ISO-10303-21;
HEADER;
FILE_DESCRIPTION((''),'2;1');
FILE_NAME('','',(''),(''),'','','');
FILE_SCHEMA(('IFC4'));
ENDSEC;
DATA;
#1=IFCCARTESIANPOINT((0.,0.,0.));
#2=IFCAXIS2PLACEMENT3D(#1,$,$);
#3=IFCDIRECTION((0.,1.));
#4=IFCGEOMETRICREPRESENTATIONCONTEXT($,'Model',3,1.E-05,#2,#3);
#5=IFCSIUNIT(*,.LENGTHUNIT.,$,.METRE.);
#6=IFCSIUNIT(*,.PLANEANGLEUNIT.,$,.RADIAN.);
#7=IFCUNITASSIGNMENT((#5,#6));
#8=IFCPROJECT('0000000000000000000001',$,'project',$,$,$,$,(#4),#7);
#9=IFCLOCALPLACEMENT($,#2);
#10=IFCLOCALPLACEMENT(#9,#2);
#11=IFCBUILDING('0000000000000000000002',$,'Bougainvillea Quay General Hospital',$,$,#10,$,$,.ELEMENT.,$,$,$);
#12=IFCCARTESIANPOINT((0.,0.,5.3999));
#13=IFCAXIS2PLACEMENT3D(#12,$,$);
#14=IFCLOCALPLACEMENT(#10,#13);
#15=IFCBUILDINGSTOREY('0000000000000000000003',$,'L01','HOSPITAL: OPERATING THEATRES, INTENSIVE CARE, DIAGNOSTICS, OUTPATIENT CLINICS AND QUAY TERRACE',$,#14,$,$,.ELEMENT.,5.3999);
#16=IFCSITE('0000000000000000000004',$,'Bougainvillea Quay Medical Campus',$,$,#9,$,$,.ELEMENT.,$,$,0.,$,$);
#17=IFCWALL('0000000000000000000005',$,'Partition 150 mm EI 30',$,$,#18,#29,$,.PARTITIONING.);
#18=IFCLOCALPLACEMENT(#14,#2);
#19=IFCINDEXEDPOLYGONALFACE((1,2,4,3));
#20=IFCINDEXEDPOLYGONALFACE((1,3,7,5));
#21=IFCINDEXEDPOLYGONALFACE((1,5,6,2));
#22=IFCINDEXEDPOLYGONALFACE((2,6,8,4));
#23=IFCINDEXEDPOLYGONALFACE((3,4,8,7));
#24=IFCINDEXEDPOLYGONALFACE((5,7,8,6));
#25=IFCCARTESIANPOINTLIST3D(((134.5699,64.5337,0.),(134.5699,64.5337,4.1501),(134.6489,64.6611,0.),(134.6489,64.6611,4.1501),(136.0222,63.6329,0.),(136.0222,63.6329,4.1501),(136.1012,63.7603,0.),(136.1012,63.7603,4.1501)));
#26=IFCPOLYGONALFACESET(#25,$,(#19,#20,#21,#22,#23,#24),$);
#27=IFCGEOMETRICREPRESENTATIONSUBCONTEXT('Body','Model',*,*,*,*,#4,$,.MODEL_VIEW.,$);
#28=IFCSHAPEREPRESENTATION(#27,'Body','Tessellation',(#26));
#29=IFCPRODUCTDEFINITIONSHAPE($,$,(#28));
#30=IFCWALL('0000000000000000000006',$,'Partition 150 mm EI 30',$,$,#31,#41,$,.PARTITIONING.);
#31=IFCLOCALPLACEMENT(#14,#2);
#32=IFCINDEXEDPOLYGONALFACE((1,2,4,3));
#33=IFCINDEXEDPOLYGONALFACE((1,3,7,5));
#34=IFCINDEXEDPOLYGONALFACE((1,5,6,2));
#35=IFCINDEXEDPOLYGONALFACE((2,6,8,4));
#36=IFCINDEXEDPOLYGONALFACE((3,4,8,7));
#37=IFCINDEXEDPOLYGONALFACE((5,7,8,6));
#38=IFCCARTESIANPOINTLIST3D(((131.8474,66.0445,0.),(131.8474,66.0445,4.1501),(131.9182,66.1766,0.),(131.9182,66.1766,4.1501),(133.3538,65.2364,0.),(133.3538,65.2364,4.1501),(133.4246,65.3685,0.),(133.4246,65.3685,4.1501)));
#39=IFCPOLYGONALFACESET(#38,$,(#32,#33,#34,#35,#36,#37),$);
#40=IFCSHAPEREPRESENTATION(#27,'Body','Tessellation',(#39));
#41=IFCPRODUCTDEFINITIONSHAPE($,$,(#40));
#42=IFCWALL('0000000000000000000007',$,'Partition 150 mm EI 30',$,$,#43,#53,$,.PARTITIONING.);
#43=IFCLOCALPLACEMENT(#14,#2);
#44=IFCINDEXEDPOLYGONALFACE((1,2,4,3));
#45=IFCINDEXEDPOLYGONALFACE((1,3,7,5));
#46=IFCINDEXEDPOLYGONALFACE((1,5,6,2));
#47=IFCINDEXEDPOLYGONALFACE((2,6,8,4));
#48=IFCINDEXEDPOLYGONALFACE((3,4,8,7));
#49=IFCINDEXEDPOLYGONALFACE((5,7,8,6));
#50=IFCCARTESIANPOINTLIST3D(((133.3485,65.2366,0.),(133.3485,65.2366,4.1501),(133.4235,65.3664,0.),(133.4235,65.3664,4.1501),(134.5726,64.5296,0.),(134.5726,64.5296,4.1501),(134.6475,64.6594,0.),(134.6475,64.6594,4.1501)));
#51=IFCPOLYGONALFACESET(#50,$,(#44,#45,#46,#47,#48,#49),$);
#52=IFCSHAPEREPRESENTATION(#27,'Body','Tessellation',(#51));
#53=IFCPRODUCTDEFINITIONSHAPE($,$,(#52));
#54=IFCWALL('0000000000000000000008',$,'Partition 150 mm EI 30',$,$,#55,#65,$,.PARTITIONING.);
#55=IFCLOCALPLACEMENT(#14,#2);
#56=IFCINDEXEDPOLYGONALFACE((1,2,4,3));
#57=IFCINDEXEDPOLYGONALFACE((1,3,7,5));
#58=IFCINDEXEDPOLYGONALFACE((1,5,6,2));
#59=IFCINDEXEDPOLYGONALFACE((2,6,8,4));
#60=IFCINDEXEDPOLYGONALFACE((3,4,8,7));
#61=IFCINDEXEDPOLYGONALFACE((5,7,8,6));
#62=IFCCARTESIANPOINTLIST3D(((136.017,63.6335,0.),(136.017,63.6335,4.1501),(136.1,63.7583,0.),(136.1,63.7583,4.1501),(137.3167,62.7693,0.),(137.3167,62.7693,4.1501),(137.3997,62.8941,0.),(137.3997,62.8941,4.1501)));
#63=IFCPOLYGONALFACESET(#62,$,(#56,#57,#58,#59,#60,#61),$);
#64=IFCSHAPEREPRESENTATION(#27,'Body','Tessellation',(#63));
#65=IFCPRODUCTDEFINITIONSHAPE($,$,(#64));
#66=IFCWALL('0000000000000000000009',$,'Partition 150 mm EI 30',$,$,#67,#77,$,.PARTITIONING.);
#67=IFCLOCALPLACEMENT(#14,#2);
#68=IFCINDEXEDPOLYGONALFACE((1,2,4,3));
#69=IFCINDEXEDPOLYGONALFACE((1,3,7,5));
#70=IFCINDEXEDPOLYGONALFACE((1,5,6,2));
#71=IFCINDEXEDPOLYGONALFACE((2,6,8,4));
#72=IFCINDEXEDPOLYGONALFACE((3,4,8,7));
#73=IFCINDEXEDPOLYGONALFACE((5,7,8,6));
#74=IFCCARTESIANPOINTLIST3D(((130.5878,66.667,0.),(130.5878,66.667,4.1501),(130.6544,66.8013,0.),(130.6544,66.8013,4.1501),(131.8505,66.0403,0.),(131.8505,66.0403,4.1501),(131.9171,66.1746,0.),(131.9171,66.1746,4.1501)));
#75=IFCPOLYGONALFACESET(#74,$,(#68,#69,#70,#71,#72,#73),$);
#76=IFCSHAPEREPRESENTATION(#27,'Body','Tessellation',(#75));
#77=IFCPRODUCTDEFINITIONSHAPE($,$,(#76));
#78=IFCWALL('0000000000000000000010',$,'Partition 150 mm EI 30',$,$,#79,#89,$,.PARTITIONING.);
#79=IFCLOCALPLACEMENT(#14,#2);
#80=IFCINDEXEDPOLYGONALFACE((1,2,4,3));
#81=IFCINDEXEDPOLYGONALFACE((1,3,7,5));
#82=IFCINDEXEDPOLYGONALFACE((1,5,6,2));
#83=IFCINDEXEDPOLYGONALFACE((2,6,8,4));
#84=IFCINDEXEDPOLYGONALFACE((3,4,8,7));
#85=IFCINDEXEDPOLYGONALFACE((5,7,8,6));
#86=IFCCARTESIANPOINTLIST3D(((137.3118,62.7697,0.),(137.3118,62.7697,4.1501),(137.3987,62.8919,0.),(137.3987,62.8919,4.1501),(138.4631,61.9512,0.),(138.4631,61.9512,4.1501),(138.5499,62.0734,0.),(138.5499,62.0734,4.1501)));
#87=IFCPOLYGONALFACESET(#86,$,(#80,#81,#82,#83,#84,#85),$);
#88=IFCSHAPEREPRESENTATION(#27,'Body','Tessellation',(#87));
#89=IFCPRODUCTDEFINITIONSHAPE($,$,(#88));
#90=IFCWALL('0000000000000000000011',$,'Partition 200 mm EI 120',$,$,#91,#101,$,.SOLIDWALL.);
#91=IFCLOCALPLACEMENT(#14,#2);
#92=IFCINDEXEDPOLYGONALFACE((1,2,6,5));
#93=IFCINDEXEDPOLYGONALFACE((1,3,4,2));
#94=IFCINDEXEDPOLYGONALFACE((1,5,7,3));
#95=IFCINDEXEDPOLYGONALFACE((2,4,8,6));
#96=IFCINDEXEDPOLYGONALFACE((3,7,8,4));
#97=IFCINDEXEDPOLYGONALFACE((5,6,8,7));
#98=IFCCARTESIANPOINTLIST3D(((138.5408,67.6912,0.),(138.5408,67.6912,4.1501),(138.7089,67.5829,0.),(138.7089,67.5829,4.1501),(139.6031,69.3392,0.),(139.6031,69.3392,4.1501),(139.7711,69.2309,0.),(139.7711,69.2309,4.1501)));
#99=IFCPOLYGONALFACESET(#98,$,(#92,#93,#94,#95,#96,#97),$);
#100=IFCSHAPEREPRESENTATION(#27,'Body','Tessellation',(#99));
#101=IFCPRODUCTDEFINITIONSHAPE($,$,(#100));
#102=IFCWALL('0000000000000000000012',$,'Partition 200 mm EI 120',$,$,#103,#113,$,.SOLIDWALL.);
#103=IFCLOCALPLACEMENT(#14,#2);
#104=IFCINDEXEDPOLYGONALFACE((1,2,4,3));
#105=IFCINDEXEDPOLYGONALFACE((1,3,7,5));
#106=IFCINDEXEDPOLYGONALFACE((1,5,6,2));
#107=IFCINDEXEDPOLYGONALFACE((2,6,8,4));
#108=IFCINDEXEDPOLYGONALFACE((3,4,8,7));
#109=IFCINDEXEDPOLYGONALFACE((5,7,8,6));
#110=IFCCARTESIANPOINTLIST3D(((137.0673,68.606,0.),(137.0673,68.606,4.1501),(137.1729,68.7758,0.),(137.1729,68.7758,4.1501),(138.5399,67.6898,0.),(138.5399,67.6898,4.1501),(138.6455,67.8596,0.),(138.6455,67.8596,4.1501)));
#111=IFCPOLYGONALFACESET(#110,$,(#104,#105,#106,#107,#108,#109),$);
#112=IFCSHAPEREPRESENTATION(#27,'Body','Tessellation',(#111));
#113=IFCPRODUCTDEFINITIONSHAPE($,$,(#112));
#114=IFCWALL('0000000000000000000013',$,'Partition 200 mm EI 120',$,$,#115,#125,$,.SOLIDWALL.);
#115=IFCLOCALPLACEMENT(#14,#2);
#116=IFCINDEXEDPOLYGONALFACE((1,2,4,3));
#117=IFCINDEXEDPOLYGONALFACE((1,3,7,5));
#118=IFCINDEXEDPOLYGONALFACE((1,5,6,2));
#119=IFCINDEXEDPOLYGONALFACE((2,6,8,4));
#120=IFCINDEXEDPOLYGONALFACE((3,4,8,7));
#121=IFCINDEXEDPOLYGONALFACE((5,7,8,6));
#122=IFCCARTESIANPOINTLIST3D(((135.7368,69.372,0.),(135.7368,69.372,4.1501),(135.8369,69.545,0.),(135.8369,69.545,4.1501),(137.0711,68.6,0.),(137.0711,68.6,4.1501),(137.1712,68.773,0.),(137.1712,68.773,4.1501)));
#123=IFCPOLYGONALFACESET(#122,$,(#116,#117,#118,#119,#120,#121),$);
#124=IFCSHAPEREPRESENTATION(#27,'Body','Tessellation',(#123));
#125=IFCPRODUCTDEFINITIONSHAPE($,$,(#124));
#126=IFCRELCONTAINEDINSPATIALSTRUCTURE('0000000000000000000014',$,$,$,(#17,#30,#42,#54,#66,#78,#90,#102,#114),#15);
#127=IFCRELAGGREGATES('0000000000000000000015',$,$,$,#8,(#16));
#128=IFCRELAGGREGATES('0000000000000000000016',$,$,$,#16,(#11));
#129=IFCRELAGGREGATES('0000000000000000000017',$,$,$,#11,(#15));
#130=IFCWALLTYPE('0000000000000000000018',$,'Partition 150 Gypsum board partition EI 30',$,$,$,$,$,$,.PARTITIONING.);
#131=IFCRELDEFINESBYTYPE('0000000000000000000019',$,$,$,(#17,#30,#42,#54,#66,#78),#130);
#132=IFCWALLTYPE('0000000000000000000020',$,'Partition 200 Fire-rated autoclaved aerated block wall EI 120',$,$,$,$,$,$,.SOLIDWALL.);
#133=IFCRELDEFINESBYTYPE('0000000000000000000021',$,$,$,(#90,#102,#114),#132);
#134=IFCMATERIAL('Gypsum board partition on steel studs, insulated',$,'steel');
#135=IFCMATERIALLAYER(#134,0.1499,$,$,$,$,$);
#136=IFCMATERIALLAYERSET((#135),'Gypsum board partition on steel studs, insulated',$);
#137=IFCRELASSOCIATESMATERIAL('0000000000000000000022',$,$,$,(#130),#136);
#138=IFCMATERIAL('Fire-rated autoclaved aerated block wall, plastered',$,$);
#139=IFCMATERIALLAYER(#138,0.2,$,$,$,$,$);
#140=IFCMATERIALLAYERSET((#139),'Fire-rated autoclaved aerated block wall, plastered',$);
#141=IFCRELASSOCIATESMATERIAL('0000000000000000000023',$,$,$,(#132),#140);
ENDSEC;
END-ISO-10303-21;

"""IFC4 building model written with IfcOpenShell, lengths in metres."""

from ifc_helpers import new_model, si_unit, direction, frame, frame_2d, origin, place, context, subcontext, project, spatial, rectangle, extrude, material, layer, layer_set, type_object, element, save


model = new_model("IFC4")

# Units and contexts
model_context = context("Model", 3, precision=1e-05, world=origin(), true_north=direction((0.0, 1.0)))
body_context = subcontext(model_context, "Body", "Model", "MODEL_VIEW")
ifc_project = project(units=[si_unit("LENGTHUNIT", "METRE"), si_unit("PLANEANGLEUNIT", "RADIAN")], contexts=[model_context])

# Site, building, storey
site_placement = place(None, origin())
site = spatial("IfcSite", under=ifc_project, at=site_placement, Name="Bougainvillea Quay Medical Campus", CompositionType="ELEMENT", RefElevation=0.0)
building_placement = place(site_placement, origin())
building = spatial("IfcBuilding", under=site, at=building_placement, Name="Bougainvillea Quay General Hospital", CompositionType="ELEMENT")
storey_placement = place(building_placement, frame((0.0, 0.0, 5.3999)))
storey = spatial("IfcBuildingStorey", under=building, at=storey_placement, Name="L01", Description="HOSPITAL: OPERATING THEATRES, INTENSIVE CARE, DIAGNOSTICS, OUTPATIENT CLINICS AND QUAY TERRACE", CompositionType="ELEMENT", Elevation=5.3999)

# Shared definitions
ifc_material_1 = material(Name="Gypsum board partition on steel studs, insulated", Category="steel")
ifc_layer_1 = layer(ifc_material_1, 0.1499)
ifc_layer_set_1 = layer_set([ifc_layer_1], Name="Gypsum board partition on steel studs, insulated")
wall_type_1 = type_object("IfcWallType", Name="Partition 150 Gypsum board partition EI 30", PredefinedType="PARTITIONING", material=ifc_layer_set_1)

# Walls
wall_1_placement = place(storey_placement, frame((134.6094, 64.5974, 0.0), z_axis=(0.0, 0.0, 1.0), x_axis=(0.849799, -0.527107, 0.0)))
element("IfcWall", 1, at=wall_1_placement, inside=storey, type_object=wall_type_1, Name="Partition 150 mm EI 30", PredefinedType="PARTITIONING", context=body_context, shape_type="SweptSolid", body=[
    extrude(rectangle(XDim=1.709, YDim=0.1499, at=frame_2d((0.8545, 0.0))), origin(), (0.0, 0.0, 1.0), 4.1501),
])
wall_2_placement = place(storey_placement, frame((131.8828, 66.1106, 0.0), z_axis=(0.0, 0.0, 1.0), x_axis=(0.881204, -0.472737, 0.0)))
element("IfcWall", 2, at=wall_2_placement, inside=storey, type_object=wall_type_1, Name="Partition 150 mm EI 30", PredefinedType="PARTITIONING", context=body_context, shape_type="SweptSolid", body=[
    extrude(rectangle(XDim=1.7095, YDim=0.1499, at=frame_2d((0.8547, 0.0))), origin(), (0.0, 0.0, 1.0), 4.1501),
])
wall_3_placement = place(storey_placement, frame((133.386, 65.3015, 0.0), z_axis=(0.0, 0.0, 1.0), x_axis=(0.865938, -0.500151, 0.0)))
element("IfcWall", 3, at=wall_3_placement, inside=storey, type_object=wall_type_1, Name="Partition 150 mm EI 30", PredefinedType="PARTITIONING", context=body_context, shape_type="SweptSolid", body=[
    extrude(rectangle(XDim=1.4136, YDim=0.1499, at=frame_2d((0.7068, 0.0))), origin(), (0.0, 0.0, 1.0), 4.1501),
])
wall_4_placement = place(storey_placement, frame((136.0586, 63.6958, 0.0), z_axis=(0.0, 0.0, 1.0), x_axis=(0.832723, -0.553689, 0.0)))
element("IfcWall", 4, at=wall_4_placement, inside=storey, type_object=wall_type_1, Name="Partition 150 mm EI 30", PredefinedType="PARTITIONING", context=body_context, shape_type="SweptSolid", body=[
    extrude(rectangle(XDim=1.5608, YDim=0.1499, at=frame_2d((0.7803, 0.0))), origin(), (0.0, 0.0, 1.0), 4.1501),
])
wall_5_placement = place(storey_placement, frame((130.6211, 66.7341, 0.0), z_axis=(0.0, 0.0, 1.0), x_axis=(0.89574, -0.444579, 0.0)))
element("IfcWall", 5, at=wall_5_placement, inside=storey, type_object=wall_type_1, Name="Partition 150 mm EI 30", PredefinedType="PARTITIONING", context=body_context, shape_type="SweptSolid", body=[
    extrude(rectangle(XDim=1.4097, YDim=0.1499, at=frame_2d((0.7048, 0.0))), origin(), (0.0, 0.0, 1.0), 4.1501),
])
wall_6_placement = place(storey_placement, frame((137.3552, 62.8308, 0.0), z_axis=(0.0, 0.0, 1.0), x_axis=(0.815004, -0.579455, 0.0)))
element("IfcWall", 6, at=wall_6_placement, inside=storey, type_object=wall_type_1, Name="Partition 150 mm EI 30", PredefinedType="PARTITIONING", context=body_context, shape_type="SweptSolid", body=[
    extrude(rectangle(XDim=1.4126, YDim=0.1499, at=frame_2d((0.7063, 0.0))), origin(), (0.0, 0.0, 1.0), 4.1501),
])
ifc_material_2 = material(Name="Fire-rated autoclaved aerated block wall, plastered")
ifc_layer_2 = layer(ifc_material_2, 0.2)
ifc_layer_set_2 = layer_set([ifc_layer_2], Name="Fire-rated autoclaved aerated block wall, plastered")
wall_type_2 = type_object("IfcWallType", Name="Partition 200 Fire-rated autoclaved aerated block wall EI 120", PredefinedType="SOLIDWALL", material=ifc_layer_set_2)
wall_7_placement = place(storey_placement, frame((138.6248, 67.637, 0.0), z_axis=(0.0, 0.0, 1.0), x_axis=(0.541789, 0.840514, 0.0)))
element("IfcWall", 7, at=wall_7_placement, inside=storey, type_object=wall_type_2, Name="Partition 200 mm EI 120", PredefinedType="SOLIDWALL", context=body_context, shape_type="SweptSolid", body=[
    extrude(rectangle(XDim=1.9607, YDim=0.2, at=frame_2d((0.9805, 0.0))), origin(), (0.0, 0.0, 1.0), 4.1501),
])
wall_8_placement = place(storey_placement, frame((137.1201, 68.6909, 0.0), z_axis=(0.0, 0.0, 1.0), x_axis=(0.849072, -0.528277, 0.0)))
element("IfcWall", 8, at=wall_8_placement, inside=storey, type_object=wall_type_2, Name="Partition 200 mm EI 120", PredefinedType="SOLIDWALL", context=body_context, shape_type="SweptSolid", body=[
    extrude(rectangle(XDim=1.7344, YDim=0.2, at=frame_2d((0.8672, 0.0))), origin(), (0.0, 0.0, 1.0), 4.1501),
])
wall_9_placement = place(storey_placement, frame((135.7869, 69.4585, 0.0), z_axis=(0.0, 0.0, 1.0), x_axis=(0.86556, -0.500805, 0.0)))
element("IfcWall", 9, at=wall_9_placement, inside=storey, type_object=wall_type_2, Name="Partition 200 mm EI 120", PredefinedType="SOLIDWALL", context=body_context, shape_type="SweptSolid", body=[
    extrude(rectangle(XDim=1.5415, YDim=0.2, at=frame_2d((0.7708, 0.0))), origin(), (0.0, 0.0, 1.0), 4.1501),
])

save(model, "model.ifc")
